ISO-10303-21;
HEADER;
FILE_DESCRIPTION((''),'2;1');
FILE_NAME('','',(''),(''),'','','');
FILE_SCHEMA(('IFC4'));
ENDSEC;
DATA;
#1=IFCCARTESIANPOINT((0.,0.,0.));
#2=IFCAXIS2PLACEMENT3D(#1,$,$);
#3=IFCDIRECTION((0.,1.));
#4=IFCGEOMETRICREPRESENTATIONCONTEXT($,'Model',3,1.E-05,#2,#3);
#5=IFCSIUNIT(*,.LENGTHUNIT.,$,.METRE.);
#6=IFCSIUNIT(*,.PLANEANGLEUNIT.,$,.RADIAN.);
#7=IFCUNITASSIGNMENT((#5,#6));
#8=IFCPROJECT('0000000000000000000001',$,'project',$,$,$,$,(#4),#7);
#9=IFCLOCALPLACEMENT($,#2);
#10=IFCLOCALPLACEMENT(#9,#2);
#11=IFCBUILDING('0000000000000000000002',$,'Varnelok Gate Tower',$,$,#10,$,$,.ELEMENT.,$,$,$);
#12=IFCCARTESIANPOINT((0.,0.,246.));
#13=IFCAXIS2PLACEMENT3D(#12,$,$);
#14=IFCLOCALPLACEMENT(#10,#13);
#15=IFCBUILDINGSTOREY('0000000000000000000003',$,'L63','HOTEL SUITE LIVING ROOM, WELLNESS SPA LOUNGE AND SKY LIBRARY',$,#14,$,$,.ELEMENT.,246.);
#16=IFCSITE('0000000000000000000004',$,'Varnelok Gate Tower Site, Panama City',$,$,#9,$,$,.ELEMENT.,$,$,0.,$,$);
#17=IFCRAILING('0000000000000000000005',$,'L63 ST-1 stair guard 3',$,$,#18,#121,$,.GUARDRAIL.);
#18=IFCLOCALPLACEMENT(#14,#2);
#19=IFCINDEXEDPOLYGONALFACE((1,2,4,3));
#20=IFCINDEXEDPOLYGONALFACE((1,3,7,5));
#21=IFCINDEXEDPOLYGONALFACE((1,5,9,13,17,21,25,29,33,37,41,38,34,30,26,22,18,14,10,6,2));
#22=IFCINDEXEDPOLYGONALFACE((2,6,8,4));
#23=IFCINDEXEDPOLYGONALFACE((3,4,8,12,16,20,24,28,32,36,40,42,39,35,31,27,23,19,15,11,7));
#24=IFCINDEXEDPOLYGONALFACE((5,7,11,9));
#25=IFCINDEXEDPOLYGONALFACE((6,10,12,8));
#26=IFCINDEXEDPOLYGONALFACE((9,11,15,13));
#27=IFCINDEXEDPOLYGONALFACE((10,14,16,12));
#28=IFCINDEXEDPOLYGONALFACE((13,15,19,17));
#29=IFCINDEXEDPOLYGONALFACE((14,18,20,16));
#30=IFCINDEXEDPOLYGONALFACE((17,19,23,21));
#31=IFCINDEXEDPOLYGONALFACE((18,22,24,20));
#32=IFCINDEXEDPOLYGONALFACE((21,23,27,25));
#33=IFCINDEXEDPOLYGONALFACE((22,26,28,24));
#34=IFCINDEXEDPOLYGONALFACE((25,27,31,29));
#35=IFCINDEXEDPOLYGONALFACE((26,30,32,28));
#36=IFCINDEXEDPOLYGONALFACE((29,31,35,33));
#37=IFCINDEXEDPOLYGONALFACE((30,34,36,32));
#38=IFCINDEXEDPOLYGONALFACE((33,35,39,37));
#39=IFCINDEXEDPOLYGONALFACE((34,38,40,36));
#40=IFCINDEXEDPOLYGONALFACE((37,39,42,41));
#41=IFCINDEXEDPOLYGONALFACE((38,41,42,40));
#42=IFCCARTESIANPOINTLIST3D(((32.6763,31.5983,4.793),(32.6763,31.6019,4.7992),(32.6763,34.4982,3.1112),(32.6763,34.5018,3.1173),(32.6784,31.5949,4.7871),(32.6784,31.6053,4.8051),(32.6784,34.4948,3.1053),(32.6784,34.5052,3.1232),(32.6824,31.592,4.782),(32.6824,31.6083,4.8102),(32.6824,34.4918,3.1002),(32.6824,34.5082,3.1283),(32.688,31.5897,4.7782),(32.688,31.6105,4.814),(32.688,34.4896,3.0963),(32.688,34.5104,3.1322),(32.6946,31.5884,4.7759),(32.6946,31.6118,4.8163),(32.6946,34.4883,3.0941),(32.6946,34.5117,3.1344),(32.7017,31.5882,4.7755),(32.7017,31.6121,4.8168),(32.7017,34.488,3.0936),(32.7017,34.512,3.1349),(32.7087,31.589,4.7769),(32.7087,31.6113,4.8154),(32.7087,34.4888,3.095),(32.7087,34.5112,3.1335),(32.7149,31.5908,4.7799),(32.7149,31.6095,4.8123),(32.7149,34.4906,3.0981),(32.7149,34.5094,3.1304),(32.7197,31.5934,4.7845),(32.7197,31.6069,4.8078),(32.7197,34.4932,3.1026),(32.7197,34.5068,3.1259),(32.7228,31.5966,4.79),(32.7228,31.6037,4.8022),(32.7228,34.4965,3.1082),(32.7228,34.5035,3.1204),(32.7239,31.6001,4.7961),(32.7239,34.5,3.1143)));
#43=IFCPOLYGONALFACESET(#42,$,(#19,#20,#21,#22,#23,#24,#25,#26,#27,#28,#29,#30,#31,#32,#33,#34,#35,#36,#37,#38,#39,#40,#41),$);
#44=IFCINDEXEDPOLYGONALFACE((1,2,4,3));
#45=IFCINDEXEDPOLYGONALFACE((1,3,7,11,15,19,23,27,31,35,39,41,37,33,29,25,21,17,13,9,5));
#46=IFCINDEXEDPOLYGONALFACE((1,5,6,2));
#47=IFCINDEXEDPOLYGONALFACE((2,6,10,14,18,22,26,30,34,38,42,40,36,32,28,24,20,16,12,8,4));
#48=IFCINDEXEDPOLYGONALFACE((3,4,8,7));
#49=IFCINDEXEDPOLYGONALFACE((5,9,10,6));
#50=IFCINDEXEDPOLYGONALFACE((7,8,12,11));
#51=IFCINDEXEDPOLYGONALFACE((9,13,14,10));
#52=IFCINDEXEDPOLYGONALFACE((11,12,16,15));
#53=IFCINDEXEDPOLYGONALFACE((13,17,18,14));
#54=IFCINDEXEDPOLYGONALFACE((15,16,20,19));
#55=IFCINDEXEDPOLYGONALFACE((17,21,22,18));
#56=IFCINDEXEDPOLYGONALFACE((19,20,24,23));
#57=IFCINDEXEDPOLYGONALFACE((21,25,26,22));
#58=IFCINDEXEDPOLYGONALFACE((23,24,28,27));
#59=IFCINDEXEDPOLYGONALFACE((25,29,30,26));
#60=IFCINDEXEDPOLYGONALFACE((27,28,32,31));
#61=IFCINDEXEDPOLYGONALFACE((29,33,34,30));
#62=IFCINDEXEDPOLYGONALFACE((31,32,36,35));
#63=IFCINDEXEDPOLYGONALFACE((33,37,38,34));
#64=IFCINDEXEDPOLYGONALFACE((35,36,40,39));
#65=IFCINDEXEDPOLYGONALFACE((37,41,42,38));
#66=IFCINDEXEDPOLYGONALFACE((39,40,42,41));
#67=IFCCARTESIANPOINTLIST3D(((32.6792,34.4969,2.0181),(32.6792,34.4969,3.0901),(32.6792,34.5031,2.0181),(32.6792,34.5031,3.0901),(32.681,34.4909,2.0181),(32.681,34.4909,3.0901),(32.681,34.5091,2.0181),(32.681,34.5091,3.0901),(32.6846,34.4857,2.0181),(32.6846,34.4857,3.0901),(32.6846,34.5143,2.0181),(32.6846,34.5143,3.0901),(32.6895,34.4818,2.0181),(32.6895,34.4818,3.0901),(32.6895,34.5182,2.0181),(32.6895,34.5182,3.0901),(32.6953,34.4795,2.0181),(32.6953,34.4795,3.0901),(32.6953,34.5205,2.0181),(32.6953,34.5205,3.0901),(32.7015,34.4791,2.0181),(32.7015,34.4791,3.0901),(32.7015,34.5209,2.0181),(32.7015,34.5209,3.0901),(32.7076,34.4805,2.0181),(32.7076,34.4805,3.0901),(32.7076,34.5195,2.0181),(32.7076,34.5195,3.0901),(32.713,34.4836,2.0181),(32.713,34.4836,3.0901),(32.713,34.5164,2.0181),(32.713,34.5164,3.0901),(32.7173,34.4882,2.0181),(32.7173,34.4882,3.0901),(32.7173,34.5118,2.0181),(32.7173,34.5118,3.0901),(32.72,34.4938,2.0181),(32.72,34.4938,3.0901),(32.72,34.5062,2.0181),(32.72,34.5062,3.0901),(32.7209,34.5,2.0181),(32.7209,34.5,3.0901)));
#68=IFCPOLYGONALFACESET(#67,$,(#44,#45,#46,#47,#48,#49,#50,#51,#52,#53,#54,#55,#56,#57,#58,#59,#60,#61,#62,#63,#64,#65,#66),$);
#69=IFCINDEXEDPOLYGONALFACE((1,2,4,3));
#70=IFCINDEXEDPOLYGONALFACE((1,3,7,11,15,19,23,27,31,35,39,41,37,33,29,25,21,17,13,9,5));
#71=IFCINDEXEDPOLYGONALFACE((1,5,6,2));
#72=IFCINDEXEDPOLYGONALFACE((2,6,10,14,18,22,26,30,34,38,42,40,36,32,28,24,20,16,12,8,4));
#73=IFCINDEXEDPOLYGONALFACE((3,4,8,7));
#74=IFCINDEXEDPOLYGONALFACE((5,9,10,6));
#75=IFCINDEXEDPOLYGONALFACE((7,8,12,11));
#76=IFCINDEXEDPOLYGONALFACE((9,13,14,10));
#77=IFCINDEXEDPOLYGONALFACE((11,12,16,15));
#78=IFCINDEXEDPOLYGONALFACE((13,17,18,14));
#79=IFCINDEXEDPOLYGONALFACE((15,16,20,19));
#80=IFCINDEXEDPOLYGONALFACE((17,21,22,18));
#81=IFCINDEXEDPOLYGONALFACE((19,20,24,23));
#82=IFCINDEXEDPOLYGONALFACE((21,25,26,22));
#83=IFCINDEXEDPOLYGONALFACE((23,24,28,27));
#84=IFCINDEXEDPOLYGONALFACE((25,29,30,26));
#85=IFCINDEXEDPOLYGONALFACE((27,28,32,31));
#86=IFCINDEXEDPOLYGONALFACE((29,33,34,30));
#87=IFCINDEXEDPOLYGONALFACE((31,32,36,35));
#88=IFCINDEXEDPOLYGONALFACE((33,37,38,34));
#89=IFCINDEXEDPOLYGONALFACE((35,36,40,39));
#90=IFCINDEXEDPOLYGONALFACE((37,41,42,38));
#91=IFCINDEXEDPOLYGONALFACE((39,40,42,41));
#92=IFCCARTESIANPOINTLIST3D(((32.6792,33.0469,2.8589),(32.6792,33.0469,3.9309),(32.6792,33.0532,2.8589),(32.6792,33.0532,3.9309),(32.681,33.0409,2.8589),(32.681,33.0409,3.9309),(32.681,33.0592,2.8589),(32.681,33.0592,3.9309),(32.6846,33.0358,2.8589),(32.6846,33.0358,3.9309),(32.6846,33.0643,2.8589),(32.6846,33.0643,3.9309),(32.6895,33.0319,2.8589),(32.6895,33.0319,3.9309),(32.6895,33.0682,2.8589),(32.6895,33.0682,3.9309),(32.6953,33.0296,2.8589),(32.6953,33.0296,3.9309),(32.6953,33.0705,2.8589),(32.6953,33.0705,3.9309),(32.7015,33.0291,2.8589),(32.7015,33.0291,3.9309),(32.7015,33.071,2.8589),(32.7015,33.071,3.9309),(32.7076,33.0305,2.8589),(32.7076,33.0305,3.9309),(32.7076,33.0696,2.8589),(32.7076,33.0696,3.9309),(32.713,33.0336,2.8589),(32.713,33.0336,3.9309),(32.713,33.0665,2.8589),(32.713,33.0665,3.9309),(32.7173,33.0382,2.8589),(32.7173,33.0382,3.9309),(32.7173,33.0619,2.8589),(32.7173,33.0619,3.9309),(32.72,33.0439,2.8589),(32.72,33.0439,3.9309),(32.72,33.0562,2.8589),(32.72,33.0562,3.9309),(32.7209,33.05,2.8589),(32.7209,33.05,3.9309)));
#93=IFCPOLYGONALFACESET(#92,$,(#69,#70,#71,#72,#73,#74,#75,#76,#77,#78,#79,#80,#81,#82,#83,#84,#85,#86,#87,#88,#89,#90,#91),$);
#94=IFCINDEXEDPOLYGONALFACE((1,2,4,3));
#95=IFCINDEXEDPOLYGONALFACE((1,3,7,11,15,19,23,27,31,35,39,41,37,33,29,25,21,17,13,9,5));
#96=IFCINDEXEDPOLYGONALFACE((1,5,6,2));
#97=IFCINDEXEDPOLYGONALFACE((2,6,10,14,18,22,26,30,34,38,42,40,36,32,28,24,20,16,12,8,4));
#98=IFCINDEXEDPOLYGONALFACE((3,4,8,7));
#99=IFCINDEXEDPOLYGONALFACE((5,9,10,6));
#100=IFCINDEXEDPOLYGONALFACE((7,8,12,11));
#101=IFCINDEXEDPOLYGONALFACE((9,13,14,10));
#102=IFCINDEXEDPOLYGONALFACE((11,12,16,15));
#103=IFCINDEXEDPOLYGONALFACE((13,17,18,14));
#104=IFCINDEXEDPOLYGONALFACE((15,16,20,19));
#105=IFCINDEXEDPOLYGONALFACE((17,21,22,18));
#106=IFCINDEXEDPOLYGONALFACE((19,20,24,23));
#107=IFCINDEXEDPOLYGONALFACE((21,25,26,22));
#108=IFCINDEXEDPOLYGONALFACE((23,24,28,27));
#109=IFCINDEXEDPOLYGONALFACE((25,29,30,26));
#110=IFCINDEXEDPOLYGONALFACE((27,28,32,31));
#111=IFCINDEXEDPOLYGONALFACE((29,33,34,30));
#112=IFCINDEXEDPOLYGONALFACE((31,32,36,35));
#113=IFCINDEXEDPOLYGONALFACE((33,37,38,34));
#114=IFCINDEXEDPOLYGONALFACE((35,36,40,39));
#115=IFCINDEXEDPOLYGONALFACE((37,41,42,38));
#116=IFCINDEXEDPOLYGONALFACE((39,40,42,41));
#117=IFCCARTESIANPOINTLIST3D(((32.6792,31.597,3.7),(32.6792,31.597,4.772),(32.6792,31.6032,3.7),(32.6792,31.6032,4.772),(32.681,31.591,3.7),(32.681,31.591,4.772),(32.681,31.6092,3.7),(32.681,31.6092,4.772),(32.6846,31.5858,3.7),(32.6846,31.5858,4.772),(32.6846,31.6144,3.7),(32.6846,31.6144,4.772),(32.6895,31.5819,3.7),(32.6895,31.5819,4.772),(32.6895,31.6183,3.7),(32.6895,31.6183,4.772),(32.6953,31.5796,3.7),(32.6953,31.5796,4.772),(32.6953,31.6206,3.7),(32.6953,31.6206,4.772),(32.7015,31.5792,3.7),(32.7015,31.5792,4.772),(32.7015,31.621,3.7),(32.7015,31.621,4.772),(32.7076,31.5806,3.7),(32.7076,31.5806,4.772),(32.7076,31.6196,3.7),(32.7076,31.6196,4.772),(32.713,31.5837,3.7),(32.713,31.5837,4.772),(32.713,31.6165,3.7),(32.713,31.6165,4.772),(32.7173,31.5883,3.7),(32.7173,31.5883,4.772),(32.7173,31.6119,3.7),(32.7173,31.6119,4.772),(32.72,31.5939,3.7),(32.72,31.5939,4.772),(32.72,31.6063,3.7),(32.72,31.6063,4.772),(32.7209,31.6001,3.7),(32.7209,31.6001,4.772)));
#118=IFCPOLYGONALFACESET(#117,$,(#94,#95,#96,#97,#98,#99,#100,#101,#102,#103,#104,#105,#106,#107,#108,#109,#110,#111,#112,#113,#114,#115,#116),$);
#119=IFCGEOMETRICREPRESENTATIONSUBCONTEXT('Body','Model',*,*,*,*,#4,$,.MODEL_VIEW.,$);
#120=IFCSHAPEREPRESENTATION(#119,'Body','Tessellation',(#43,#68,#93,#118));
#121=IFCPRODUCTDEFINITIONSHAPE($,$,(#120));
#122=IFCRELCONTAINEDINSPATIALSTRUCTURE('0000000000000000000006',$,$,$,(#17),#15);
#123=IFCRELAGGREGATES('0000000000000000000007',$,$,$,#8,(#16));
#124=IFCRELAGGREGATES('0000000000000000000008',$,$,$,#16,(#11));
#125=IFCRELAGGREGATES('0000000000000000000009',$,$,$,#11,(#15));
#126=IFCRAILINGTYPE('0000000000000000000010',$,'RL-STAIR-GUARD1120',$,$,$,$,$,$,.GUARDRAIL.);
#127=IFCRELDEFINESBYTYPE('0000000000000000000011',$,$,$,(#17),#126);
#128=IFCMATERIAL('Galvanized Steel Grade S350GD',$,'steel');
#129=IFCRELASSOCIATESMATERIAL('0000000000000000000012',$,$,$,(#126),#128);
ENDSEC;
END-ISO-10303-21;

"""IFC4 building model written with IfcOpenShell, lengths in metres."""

from ifc_helpers import new_model, si_unit, direction, frame, origin, origin_2d, place, context, subcontext, project, spatial, circle, extrude, material, type_object, element, save


model = new_model("IFC4")

# Units and contexts
model_context = context("Model", 3, precision=1e-05, world=origin(), true_north=direction((0.0, 1.0)))
body_context = subcontext(model_context, "Body", "Model", "MODEL_VIEW")
ifc_project = project(units=[si_unit("LENGTHUNIT", "METRE"), si_unit("PLANEANGLEUNIT", "RADIAN")], contexts=[model_context])

# Site, building, storey
site_placement = place(None, origin())
site = spatial("IfcSite", under=ifc_project, at=site_placement, Name="Varnelok Gate Tower Site, Panama City", CompositionType="ELEMENT", RefElevation=0.0)
building_placement = place(site_placement, origin())
building = spatial("IfcBuilding", under=site, at=building_placement, Name="Varnelok Gate Tower", CompositionType="ELEMENT")
storey_placement = place(building_placement, frame((0.0, 0.0, 246.0)))
storey = spatial("IfcBuildingStorey", under=building, at=storey_placement, Name="L63", Description="HOTEL SUITE LIVING ROOM, WELLNESS SPA LOUNGE AND SKY LIBRARY", CompositionType="ELEMENT", Elevation=246.0)

# Shared definitions
ifc_material_1 = material(Name="Galvanized Steel Grade S350GD", Category="steel")

# Railing
railing_type_1 = type_object("IfcRailingType", Name="RL-STAIR-GUARD1120", PredefinedType="GUARDRAIL", material=ifc_material_1)
railing_1_placement = place(storey_placement, frame((32.7, 34.5, 2.0181)))
element("IfcRailing", 1, at=railing_1_placement, inside=storey, type_object=railing_type_1, Name="L63 ST-1 stair guard 3", PredefinedType="GUARDRAIL", context=body_context, shape_type="SweptSolid", body=[
    extrude(circle(Radius=0.0239, at=origin_2d()), frame((0.0, 0.0, 1.0962), z_axis=(0.0, -0.865039, 0.501705), x_axis=(1.0, 0.0, 0.0)), (0.0, 0.0, 1.0), 3.3523),
    extrude(circle(Radius=0.021, at=origin_2d()), origin(), (0.0, 0.0, 1.0), 1.072),
    extrude(circle(Radius=0.021, at=origin_2d()), frame((0.0, -1.45, 0.8408)), (0.0, 0.0, 1.0), 1.072),
    extrude(circle(Radius=0.021, at=origin_2d()), frame((0.0, -2.8999, 1.6819)), (0.0, 0.0, 1.0), 1.072),
])

save(model, "model.ifc")
